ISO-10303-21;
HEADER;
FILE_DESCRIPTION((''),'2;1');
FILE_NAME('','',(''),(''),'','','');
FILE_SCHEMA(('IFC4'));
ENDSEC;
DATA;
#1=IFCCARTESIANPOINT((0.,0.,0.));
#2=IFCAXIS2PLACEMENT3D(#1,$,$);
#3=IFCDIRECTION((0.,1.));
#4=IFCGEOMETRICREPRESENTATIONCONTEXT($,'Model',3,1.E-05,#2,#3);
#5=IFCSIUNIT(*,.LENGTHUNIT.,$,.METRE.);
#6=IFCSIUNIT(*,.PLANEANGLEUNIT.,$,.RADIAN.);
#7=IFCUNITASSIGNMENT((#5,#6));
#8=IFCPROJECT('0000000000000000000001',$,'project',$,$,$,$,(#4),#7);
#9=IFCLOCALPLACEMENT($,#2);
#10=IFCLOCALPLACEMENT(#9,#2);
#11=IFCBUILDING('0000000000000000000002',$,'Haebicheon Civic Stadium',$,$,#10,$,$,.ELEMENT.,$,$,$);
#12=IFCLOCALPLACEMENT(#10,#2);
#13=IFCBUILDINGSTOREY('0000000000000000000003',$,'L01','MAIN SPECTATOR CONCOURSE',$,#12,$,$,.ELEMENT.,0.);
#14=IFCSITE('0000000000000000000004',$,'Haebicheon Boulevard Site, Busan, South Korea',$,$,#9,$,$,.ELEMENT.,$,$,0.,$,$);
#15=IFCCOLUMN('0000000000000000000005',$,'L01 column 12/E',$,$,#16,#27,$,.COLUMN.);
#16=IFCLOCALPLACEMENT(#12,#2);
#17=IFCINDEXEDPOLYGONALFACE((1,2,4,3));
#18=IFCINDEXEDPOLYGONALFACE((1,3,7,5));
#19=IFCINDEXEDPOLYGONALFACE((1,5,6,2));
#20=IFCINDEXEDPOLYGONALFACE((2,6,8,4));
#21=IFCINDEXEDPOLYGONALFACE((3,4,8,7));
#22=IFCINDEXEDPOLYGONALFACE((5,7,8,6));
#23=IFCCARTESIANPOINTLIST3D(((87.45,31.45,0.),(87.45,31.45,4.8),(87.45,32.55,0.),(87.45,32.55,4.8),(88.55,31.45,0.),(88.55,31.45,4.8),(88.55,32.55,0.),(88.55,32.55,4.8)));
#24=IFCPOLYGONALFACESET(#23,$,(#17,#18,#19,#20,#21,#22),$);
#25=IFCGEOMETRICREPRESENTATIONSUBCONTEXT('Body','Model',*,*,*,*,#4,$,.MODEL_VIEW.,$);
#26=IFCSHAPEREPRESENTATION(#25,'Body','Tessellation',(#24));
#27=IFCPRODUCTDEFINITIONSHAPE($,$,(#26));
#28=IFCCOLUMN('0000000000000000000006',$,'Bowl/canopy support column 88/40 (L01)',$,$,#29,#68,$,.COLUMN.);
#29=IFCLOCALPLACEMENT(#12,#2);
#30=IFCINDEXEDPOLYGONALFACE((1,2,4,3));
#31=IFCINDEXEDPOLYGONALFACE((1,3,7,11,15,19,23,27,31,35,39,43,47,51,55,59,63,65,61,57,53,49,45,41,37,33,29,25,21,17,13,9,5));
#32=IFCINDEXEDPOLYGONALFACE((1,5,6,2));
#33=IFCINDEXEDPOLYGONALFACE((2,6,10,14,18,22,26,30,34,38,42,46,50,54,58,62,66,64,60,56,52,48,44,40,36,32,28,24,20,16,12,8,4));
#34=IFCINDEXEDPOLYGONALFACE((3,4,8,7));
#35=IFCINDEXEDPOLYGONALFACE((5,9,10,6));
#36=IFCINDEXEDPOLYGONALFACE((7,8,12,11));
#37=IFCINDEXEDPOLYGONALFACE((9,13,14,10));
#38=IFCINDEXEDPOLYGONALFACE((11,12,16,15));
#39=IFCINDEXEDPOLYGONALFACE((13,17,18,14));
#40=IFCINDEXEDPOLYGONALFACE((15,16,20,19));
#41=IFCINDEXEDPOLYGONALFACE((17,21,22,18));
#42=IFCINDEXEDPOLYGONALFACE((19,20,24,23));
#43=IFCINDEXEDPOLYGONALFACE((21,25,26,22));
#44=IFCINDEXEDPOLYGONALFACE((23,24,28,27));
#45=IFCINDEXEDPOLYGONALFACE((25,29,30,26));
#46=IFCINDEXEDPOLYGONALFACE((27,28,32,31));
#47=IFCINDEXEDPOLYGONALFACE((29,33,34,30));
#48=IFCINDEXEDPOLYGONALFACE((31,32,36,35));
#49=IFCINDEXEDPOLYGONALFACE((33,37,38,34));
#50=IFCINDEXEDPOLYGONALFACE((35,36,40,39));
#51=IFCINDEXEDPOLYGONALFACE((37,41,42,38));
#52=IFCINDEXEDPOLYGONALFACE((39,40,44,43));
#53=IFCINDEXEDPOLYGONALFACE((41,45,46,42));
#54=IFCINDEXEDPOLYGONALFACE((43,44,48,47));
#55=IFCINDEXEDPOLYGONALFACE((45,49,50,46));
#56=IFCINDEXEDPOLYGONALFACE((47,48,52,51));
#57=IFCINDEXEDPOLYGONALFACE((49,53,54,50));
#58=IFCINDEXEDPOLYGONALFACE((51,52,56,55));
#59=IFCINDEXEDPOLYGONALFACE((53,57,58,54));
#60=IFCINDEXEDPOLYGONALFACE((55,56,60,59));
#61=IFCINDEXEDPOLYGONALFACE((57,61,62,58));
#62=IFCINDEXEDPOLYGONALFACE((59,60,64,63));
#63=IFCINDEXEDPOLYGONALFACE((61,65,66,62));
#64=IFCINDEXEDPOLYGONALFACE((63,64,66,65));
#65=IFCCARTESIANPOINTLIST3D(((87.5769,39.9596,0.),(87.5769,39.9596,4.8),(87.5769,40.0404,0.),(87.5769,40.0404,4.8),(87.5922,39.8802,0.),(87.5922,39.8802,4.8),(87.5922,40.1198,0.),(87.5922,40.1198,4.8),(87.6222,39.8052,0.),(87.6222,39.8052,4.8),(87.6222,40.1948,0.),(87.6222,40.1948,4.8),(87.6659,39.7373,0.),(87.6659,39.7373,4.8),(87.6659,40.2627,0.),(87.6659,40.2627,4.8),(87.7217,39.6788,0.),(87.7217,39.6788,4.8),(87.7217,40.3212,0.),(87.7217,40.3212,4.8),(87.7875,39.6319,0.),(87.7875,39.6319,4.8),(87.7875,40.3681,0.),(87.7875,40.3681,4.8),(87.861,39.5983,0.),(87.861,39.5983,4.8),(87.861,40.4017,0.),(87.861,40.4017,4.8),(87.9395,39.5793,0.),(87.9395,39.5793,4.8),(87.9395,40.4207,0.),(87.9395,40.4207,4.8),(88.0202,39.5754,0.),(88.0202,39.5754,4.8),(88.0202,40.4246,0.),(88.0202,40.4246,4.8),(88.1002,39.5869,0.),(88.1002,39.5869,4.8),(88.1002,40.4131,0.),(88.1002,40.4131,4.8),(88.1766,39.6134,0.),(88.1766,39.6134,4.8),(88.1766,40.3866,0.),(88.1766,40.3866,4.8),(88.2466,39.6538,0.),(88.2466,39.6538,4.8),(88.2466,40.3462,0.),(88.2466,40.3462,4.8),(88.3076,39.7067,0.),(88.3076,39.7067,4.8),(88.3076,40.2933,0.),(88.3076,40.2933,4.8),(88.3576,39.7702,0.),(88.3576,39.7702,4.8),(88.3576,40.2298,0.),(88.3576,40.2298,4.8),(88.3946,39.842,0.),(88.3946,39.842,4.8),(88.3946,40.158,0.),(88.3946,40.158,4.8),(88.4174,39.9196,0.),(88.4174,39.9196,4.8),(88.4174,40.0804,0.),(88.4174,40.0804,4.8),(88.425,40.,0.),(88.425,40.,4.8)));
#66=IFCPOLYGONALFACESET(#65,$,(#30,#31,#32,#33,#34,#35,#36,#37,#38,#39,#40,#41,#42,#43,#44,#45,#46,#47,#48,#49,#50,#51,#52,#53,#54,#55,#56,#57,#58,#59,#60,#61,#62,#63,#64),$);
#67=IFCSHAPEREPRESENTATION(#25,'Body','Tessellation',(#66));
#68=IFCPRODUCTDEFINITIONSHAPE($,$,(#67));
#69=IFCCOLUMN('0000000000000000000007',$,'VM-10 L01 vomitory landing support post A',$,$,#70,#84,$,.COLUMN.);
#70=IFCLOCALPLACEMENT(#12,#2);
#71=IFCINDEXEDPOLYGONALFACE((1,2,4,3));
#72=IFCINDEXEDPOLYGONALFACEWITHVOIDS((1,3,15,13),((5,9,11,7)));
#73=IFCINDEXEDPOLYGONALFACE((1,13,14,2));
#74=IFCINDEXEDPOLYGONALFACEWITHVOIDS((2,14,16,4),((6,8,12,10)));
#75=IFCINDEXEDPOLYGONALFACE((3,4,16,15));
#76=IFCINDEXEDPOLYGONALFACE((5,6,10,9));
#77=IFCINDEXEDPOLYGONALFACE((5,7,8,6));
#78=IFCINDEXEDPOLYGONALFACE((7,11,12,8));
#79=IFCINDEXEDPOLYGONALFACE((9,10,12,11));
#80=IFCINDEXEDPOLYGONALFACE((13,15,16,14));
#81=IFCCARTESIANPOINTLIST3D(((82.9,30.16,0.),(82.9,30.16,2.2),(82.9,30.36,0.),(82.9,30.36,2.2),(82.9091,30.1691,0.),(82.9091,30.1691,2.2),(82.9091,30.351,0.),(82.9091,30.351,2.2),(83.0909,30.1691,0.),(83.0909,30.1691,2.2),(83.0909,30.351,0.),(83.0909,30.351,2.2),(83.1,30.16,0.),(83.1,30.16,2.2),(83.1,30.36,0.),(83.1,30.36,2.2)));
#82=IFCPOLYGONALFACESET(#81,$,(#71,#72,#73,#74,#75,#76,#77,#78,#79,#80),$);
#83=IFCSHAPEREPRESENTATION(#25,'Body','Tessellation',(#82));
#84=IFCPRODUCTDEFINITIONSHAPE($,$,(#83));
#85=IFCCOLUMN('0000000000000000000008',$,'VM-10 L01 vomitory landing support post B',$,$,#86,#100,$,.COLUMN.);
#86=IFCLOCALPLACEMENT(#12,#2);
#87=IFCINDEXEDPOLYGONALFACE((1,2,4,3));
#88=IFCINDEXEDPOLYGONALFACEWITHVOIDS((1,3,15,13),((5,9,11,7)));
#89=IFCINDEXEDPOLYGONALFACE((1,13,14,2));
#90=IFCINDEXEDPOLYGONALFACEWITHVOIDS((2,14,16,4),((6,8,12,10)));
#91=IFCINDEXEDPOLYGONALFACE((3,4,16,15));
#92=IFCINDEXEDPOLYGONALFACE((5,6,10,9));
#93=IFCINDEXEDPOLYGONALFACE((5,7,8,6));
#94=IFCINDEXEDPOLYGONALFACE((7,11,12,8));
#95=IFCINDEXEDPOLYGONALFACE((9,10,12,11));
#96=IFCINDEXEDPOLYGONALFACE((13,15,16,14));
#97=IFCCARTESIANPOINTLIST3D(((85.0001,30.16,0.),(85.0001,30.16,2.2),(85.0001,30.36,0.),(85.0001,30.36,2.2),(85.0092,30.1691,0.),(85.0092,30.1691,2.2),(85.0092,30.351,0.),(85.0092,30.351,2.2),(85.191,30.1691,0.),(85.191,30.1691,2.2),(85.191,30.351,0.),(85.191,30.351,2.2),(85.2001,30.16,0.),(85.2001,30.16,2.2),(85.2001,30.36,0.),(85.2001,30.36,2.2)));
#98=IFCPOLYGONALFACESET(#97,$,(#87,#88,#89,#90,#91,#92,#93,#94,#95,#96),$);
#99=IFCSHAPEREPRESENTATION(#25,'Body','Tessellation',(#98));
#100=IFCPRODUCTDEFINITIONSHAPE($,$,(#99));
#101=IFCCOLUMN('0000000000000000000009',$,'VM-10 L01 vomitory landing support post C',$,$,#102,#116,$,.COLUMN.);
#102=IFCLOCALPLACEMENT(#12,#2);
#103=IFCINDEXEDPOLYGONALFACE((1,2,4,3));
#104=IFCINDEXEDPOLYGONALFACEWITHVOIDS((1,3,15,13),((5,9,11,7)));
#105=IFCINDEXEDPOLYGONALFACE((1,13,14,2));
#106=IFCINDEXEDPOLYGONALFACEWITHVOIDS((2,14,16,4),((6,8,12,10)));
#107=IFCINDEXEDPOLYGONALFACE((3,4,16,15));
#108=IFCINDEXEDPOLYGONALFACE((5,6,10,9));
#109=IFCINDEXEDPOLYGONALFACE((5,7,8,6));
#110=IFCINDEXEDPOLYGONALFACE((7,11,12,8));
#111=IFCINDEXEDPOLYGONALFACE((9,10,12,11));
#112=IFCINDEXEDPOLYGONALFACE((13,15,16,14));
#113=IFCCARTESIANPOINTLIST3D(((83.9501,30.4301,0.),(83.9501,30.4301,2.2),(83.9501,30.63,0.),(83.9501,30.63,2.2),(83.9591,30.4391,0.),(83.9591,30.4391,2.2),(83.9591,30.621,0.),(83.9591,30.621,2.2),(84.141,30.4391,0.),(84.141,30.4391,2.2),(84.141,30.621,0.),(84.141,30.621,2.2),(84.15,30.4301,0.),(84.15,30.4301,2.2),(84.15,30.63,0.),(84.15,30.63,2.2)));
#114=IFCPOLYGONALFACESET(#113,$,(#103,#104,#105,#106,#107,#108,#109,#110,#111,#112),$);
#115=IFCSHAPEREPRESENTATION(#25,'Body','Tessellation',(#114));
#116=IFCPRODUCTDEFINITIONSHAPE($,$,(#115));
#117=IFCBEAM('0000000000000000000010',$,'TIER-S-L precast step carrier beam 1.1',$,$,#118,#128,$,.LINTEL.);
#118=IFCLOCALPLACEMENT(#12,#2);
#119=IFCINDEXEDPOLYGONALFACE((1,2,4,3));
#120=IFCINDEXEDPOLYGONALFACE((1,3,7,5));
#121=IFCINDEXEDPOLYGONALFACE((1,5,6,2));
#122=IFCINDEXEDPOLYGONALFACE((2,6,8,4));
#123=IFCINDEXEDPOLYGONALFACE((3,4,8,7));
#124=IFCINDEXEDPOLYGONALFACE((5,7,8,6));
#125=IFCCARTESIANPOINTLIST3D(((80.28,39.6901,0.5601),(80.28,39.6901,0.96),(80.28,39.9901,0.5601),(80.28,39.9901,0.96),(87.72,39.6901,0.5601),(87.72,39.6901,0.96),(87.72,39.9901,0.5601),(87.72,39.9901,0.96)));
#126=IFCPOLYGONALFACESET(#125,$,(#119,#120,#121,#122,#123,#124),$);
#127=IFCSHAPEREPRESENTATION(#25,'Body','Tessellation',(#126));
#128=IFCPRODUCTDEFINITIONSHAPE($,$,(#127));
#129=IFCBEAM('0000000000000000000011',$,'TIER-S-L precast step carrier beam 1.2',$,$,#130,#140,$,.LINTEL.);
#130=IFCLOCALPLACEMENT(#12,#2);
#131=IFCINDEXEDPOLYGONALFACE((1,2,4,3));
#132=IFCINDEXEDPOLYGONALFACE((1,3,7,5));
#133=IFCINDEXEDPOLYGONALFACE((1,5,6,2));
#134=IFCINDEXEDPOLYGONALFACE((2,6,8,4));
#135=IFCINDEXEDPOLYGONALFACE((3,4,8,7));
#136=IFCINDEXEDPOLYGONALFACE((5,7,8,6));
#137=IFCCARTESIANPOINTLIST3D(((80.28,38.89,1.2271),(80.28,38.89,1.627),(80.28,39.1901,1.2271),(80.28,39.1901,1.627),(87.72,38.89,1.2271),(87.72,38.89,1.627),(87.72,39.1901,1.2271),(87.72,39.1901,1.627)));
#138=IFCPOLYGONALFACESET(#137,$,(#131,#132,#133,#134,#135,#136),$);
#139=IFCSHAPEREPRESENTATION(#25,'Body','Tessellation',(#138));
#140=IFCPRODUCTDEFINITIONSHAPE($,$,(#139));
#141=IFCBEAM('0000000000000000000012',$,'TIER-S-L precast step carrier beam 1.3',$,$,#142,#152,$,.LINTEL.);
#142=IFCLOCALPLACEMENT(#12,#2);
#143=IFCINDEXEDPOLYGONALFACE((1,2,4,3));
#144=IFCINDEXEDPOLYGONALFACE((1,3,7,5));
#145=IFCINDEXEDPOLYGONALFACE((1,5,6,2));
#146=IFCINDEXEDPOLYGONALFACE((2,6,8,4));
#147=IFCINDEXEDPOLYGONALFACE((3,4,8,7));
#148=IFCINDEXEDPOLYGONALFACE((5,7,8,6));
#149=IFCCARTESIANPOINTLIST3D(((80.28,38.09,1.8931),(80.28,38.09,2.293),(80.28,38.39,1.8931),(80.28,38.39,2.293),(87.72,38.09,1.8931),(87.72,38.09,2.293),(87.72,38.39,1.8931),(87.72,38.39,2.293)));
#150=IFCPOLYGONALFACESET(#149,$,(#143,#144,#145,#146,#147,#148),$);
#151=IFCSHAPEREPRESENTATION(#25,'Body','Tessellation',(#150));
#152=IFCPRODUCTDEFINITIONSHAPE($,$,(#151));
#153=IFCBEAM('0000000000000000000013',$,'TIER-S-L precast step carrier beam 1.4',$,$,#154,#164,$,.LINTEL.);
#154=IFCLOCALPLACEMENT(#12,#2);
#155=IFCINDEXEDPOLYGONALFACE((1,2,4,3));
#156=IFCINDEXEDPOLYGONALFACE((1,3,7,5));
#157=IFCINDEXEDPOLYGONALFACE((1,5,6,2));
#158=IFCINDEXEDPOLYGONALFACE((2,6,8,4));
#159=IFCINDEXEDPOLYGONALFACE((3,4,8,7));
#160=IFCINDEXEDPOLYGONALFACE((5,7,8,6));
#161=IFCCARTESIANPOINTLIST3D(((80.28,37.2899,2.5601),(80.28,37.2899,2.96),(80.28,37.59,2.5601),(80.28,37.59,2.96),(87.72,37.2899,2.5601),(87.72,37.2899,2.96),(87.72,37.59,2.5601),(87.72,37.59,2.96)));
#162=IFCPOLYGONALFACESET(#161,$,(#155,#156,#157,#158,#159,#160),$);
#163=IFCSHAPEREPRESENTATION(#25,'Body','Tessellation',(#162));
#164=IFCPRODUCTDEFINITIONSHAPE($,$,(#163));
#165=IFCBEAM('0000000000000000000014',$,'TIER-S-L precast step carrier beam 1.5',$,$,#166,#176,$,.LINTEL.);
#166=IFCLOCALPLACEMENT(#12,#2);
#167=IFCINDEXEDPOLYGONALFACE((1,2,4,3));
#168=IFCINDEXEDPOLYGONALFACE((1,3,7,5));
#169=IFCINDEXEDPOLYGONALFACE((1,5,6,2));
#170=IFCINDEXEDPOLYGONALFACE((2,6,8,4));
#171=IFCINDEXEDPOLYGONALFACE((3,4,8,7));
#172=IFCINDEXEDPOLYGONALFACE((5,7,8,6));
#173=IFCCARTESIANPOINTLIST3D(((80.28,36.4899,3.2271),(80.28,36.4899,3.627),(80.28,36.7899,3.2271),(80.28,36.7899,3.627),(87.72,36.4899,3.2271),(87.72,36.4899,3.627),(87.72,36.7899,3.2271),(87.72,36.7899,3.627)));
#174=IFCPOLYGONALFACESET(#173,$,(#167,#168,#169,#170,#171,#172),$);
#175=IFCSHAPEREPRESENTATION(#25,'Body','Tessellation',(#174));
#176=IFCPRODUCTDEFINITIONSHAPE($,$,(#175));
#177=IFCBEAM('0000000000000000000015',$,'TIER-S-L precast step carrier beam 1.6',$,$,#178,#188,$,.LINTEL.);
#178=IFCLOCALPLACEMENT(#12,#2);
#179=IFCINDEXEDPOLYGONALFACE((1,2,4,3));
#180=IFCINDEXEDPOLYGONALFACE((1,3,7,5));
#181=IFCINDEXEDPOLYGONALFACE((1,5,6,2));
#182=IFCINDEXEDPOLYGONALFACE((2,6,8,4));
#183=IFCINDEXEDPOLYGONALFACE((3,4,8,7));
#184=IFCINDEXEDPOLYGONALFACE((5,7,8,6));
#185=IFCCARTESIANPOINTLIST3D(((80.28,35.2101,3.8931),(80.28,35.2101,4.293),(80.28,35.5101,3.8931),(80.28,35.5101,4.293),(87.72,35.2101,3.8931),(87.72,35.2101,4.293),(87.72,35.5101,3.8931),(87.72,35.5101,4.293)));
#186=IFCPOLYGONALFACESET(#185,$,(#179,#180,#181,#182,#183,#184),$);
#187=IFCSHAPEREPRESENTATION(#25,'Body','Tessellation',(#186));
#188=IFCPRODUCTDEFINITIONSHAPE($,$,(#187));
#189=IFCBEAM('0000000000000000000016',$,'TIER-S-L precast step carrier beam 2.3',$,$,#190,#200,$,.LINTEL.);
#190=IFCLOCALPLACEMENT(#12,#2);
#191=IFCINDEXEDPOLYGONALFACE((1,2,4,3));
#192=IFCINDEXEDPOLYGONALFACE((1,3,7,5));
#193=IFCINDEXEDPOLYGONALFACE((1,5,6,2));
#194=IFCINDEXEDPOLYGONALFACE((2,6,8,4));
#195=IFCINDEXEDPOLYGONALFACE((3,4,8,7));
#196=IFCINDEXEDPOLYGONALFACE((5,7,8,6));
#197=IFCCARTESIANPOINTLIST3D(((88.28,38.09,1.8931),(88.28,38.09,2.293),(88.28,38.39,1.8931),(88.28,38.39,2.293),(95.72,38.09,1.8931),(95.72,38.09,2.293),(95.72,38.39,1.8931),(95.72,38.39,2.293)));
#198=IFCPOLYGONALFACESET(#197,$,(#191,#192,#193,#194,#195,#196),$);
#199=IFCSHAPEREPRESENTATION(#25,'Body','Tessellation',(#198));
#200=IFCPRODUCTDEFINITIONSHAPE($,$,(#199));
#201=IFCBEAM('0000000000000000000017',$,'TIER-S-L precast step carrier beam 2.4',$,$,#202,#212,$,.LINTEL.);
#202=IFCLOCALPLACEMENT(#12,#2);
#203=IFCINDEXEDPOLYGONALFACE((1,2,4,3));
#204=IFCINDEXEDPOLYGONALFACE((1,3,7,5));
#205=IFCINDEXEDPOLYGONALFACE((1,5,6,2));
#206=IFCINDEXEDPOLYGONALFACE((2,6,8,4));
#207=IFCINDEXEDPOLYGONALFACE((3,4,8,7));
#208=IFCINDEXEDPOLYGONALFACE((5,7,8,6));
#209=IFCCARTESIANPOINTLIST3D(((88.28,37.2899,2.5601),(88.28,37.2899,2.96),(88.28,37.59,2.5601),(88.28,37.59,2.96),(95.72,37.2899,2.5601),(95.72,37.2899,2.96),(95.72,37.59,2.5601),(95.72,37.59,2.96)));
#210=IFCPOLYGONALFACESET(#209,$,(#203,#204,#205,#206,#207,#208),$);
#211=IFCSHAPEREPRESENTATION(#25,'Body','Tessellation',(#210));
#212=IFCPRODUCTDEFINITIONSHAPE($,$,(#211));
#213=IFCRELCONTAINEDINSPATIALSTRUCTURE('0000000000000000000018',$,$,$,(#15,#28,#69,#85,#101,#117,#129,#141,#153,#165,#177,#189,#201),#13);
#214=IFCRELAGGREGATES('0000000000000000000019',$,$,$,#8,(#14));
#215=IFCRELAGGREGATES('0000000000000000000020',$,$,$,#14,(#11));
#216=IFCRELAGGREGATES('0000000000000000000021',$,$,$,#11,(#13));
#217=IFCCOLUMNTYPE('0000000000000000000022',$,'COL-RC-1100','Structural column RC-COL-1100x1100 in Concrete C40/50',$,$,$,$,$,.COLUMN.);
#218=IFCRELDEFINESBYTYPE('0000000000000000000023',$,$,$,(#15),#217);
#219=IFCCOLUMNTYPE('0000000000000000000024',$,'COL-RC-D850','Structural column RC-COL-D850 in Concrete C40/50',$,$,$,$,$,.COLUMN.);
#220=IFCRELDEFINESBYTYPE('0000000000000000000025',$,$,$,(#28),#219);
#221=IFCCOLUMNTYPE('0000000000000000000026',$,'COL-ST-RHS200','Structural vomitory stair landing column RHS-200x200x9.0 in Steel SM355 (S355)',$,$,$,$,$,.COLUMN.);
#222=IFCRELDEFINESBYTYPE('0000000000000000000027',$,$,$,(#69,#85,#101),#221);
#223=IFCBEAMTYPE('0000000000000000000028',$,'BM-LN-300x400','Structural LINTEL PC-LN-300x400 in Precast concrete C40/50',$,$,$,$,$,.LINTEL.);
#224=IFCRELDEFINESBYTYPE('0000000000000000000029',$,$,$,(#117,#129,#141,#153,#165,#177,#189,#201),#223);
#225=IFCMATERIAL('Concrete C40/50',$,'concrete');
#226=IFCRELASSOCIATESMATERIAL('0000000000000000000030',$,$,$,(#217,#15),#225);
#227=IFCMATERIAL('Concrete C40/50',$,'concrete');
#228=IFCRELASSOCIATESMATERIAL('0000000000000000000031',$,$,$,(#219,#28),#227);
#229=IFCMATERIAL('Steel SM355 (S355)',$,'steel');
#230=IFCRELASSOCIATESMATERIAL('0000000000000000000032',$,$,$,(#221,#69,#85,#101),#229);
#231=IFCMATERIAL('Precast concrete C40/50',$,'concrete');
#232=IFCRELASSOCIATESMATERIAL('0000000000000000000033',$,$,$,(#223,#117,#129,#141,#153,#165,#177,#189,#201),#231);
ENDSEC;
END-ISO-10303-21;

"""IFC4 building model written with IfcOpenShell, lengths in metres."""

from ifc_helpers import new_model, si_unit, direction, frame, origin, origin_2d, place, context, subcontext, project, spatial, rectangle, hollow_rectangle, circle, extrude, material, material_profile, profile_set, type_object, element, save


model = new_model("IFC4")

# Units and contexts
model_context = context("Model", 3, precision=1e-05, world=origin(), true_north=direction((0.0, 1.0)))
body_context = subcontext(model_context, "Body", "Model", "MODEL_VIEW")
ifc_project = project(units=[si_unit("LENGTHUNIT", "METRE"), si_unit("PLANEANGLEUNIT", "RADIAN")], contexts=[model_context])

# Site, building, storey
site_placement = place(None, origin())
site = spatial("IfcSite", under=ifc_project, at=site_placement, Name="Haebicheon Boulevard Site, Busan, South Korea", CompositionType="ELEMENT", RefElevation=0.0)
building_placement = place(site_placement, origin())
building = spatial("IfcBuilding", under=site, at=building_placement, Name="Haebicheon Civic Stadium", CompositionType="ELEMENT")
storey_placement = place(building_placement, origin())
storey = spatial("IfcBuildingStorey", under=building, at=storey_placement, Name="L01", Description="MAIN SPECTATOR CONCOURSE", CompositionType="ELEMENT", Elevation=0.0)

# Columns
ifc_material_1 = material(Name="Concrete C40/50", Category="concrete")
ifc_material_profile_1 = material_profile(ifc_material_1, rectangle(XDim=1.1001, YDim=1.1001, at=origin_2d()), Name="RC-COL-1100x1100")
ifc_profile_set_1 = profile_set([ifc_material_profile_1], Name="Concrete C40/50")
column_type_1 = type_object("IfcColumnType", Name="COL-RC-1100", Description="Structural column RC-COL-1100x1100 in Concrete C40/50", PredefinedType="COLUMN", material=ifc_profile_set_1)
column_1_placement = place(storey_placement, frame((88.0, 32.0, 0.0), z_axis=(0.0, 0.0, 1.0), x_axis=(1.0, 0.0, 0.0)))
element("IfcColumn", 1, at=column_1_placement, inside=storey, type_object=column_type_1, material=ifc_profile_set_1, Name="L01 column 12/E", PredefinedType="COLUMN", context=body_context, shape_type="SweptSolid", body=[
    extrude(rectangle(XDim=1.1001, YDim=1.1001, at=origin_2d()), origin(), (0.0, 0.0, 1.0), 4.8),
])
ifc_material_2 = material(Name="Concrete C40/50", Category="concrete")
ifc_material_profile_2 = material_profile(ifc_material_2, circle(Radius=0.425, at=origin_2d()), Name="RC-COL-D850")
ifc_profile_set_2 = profile_set([ifc_material_profile_2], Name="Concrete C40/50")
column_type_2 = type_object("IfcColumnType", Name="COL-RC-D850", Description="Structural column RC-COL-D850 in Concrete C40/50", PredefinedType="COLUMN", material=ifc_profile_set_2)
column_2_placement = place(storey_placement, frame((88.0, 40.0, 0.0), z_axis=(0.0, 0.0, 1.0), x_axis=(1.0, 0.0, 0.0)))
element("IfcColumn", 2, at=column_2_placement, inside=storey, type_object=column_type_2, material=ifc_profile_set_2, Name="Bowl/canopy support column 88/40 (L01)", PredefinedType="COLUMN", context=body_context, shape_type="SweptSolid", body=[
    extrude(circle(Radius=0.425, at=origin_2d()), origin(), (0.0, 0.0, 1.0), 4.8),
])
ifc_material_3 = material(Name="Steel SM355 (S355)", Category="steel")
ifc_material_profile_3 = material_profile(ifc_material_3, hollow_rectangle(XDim=0.2, YDim=0.2, WallThickness=0.009, at=origin_2d()), Name="RHS-200x200x9.0")
ifc_profile_set_3 = profile_set([ifc_material_profile_3], Name="Steel SM355 (S355)")
column_type_3 = type_object("IfcColumnType", Name="COL-ST-RHS200", Description="Structural vomitory stair landing column RHS-200x200x9.0 in Steel SM355 (S355)", PredefinedType="COLUMN", material=ifc_profile_set_3)
for number, where, z_axis, x_axis, name in (
    (3, (83.0, 30.26, 0.0), (0.0, 0.0, 1.0), (1.0, 0.0, 0.0), "VM-10 L01 vomitory landing support post A"),
    (4, (85.1001, 30.26, 0.0), (0.0, 0.0, 1.0), (1.0, 0.0, 0.0), "VM-10 L01 vomitory landing support post B"),
    (5, (84.05, 30.53, 0.0), (0.0, 0.0, 1.0), (1.0, 0.0, 0.0), "VM-10 L01 vomitory landing support post C"),
):
    element("IfcColumn", number, at=place(storey_placement, frame(where, z_axis=z_axis, x_axis=x_axis)), inside=storey, type_object=column_type_3, material=ifc_profile_set_3, Name=name, PredefinedType="COLUMN", context=body_context, shape_type="SweptSolid", body=[
        extrude(hollow_rectangle(XDim=0.2, YDim=0.2, WallThickness=0.009, at=origin_2d()), origin(), (0.0, 0.0, 1.0), 2.2),
    ])

# Beams
ifc_material_4 = material(Name="Precast concrete C40/50", Category="concrete")
ifc_material_profile_4 = material_profile(ifc_material_4, rectangle(XDim=0.3, YDim=0.3999, at=origin_2d()), Name="PC-LN-300x400")
ifc_profile_set_4 = profile_set([ifc_material_profile_4], Name="Precast concrete C40/50")
beam_type_1 = type_object("IfcBeamType", Name="BM-LN-300x400", Description="Structural LINTEL PC-LN-300x400 in Precast concrete C40/50", PredefinedType="LINTEL", material=ifc_profile_set_4)
for number, where, z_axis, x_axis, name in (
    (6, (80.28, 39.8401, 0.76), (1.0, 0.0, 0.0), (0.0, 1.0, 0.0), "TIER-S-L precast step carrier beam 1.1"),
    (7, (80.28, 39.04, 1.427), (1.0, 0.0, 0.0), (0.0, 1.0, 0.0), "TIER-S-L precast step carrier beam 1.2"),
    (8, (80.28, 38.24, 2.093), (1.0, 0.0, 0.0), (0.0, 1.0, 0.0), "TIER-S-L precast step carrier beam 1.3"),
    (9, (80.28, 37.4399, 2.76), (1.0, 0.0, 0.0), (0.0, 1.0, 0.0), "TIER-S-L precast step carrier beam 1.4"),
    (10, (80.28, 36.6399, 3.427), (1.0, 0.0, 0.0), (0.0, 1.0, 0.0), "TIER-S-L precast step carrier beam 1.5"),
    (11, (80.28, 35.3601, 4.093), (1.0, 0.0, 0.0), (0.0, 1.0, 0.0), "TIER-S-L precast step carrier beam 1.6"),
    (12, (88.28, 38.24, 2.093), (1.0, 0.0, 0.0), (0.0, 1.0, 0.0), "TIER-S-L precast step carrier beam 2.3"),
    (13, (88.28, 37.4399, 2.76), (1.0, 0.0, 0.0), (0.0, 1.0, 0.0), "TIER-S-L precast step carrier beam 2.4"),
):
    element("IfcBeam", number, at=place(storey_placement, frame(where, z_axis=z_axis, x_axis=x_axis)), inside=storey, type_object=beam_type_1, material=ifc_profile_set_4, Name=name, PredefinedType="LINTEL", context=body_context, shape_type="SweptSolid", body=[
        extrude(rectangle(XDim=0.3, YDim=0.3999, at=origin_2d()), origin(), (0.0, 0.0, 1.0), 7.4399),
    ])

save(model, "model.ifc")
